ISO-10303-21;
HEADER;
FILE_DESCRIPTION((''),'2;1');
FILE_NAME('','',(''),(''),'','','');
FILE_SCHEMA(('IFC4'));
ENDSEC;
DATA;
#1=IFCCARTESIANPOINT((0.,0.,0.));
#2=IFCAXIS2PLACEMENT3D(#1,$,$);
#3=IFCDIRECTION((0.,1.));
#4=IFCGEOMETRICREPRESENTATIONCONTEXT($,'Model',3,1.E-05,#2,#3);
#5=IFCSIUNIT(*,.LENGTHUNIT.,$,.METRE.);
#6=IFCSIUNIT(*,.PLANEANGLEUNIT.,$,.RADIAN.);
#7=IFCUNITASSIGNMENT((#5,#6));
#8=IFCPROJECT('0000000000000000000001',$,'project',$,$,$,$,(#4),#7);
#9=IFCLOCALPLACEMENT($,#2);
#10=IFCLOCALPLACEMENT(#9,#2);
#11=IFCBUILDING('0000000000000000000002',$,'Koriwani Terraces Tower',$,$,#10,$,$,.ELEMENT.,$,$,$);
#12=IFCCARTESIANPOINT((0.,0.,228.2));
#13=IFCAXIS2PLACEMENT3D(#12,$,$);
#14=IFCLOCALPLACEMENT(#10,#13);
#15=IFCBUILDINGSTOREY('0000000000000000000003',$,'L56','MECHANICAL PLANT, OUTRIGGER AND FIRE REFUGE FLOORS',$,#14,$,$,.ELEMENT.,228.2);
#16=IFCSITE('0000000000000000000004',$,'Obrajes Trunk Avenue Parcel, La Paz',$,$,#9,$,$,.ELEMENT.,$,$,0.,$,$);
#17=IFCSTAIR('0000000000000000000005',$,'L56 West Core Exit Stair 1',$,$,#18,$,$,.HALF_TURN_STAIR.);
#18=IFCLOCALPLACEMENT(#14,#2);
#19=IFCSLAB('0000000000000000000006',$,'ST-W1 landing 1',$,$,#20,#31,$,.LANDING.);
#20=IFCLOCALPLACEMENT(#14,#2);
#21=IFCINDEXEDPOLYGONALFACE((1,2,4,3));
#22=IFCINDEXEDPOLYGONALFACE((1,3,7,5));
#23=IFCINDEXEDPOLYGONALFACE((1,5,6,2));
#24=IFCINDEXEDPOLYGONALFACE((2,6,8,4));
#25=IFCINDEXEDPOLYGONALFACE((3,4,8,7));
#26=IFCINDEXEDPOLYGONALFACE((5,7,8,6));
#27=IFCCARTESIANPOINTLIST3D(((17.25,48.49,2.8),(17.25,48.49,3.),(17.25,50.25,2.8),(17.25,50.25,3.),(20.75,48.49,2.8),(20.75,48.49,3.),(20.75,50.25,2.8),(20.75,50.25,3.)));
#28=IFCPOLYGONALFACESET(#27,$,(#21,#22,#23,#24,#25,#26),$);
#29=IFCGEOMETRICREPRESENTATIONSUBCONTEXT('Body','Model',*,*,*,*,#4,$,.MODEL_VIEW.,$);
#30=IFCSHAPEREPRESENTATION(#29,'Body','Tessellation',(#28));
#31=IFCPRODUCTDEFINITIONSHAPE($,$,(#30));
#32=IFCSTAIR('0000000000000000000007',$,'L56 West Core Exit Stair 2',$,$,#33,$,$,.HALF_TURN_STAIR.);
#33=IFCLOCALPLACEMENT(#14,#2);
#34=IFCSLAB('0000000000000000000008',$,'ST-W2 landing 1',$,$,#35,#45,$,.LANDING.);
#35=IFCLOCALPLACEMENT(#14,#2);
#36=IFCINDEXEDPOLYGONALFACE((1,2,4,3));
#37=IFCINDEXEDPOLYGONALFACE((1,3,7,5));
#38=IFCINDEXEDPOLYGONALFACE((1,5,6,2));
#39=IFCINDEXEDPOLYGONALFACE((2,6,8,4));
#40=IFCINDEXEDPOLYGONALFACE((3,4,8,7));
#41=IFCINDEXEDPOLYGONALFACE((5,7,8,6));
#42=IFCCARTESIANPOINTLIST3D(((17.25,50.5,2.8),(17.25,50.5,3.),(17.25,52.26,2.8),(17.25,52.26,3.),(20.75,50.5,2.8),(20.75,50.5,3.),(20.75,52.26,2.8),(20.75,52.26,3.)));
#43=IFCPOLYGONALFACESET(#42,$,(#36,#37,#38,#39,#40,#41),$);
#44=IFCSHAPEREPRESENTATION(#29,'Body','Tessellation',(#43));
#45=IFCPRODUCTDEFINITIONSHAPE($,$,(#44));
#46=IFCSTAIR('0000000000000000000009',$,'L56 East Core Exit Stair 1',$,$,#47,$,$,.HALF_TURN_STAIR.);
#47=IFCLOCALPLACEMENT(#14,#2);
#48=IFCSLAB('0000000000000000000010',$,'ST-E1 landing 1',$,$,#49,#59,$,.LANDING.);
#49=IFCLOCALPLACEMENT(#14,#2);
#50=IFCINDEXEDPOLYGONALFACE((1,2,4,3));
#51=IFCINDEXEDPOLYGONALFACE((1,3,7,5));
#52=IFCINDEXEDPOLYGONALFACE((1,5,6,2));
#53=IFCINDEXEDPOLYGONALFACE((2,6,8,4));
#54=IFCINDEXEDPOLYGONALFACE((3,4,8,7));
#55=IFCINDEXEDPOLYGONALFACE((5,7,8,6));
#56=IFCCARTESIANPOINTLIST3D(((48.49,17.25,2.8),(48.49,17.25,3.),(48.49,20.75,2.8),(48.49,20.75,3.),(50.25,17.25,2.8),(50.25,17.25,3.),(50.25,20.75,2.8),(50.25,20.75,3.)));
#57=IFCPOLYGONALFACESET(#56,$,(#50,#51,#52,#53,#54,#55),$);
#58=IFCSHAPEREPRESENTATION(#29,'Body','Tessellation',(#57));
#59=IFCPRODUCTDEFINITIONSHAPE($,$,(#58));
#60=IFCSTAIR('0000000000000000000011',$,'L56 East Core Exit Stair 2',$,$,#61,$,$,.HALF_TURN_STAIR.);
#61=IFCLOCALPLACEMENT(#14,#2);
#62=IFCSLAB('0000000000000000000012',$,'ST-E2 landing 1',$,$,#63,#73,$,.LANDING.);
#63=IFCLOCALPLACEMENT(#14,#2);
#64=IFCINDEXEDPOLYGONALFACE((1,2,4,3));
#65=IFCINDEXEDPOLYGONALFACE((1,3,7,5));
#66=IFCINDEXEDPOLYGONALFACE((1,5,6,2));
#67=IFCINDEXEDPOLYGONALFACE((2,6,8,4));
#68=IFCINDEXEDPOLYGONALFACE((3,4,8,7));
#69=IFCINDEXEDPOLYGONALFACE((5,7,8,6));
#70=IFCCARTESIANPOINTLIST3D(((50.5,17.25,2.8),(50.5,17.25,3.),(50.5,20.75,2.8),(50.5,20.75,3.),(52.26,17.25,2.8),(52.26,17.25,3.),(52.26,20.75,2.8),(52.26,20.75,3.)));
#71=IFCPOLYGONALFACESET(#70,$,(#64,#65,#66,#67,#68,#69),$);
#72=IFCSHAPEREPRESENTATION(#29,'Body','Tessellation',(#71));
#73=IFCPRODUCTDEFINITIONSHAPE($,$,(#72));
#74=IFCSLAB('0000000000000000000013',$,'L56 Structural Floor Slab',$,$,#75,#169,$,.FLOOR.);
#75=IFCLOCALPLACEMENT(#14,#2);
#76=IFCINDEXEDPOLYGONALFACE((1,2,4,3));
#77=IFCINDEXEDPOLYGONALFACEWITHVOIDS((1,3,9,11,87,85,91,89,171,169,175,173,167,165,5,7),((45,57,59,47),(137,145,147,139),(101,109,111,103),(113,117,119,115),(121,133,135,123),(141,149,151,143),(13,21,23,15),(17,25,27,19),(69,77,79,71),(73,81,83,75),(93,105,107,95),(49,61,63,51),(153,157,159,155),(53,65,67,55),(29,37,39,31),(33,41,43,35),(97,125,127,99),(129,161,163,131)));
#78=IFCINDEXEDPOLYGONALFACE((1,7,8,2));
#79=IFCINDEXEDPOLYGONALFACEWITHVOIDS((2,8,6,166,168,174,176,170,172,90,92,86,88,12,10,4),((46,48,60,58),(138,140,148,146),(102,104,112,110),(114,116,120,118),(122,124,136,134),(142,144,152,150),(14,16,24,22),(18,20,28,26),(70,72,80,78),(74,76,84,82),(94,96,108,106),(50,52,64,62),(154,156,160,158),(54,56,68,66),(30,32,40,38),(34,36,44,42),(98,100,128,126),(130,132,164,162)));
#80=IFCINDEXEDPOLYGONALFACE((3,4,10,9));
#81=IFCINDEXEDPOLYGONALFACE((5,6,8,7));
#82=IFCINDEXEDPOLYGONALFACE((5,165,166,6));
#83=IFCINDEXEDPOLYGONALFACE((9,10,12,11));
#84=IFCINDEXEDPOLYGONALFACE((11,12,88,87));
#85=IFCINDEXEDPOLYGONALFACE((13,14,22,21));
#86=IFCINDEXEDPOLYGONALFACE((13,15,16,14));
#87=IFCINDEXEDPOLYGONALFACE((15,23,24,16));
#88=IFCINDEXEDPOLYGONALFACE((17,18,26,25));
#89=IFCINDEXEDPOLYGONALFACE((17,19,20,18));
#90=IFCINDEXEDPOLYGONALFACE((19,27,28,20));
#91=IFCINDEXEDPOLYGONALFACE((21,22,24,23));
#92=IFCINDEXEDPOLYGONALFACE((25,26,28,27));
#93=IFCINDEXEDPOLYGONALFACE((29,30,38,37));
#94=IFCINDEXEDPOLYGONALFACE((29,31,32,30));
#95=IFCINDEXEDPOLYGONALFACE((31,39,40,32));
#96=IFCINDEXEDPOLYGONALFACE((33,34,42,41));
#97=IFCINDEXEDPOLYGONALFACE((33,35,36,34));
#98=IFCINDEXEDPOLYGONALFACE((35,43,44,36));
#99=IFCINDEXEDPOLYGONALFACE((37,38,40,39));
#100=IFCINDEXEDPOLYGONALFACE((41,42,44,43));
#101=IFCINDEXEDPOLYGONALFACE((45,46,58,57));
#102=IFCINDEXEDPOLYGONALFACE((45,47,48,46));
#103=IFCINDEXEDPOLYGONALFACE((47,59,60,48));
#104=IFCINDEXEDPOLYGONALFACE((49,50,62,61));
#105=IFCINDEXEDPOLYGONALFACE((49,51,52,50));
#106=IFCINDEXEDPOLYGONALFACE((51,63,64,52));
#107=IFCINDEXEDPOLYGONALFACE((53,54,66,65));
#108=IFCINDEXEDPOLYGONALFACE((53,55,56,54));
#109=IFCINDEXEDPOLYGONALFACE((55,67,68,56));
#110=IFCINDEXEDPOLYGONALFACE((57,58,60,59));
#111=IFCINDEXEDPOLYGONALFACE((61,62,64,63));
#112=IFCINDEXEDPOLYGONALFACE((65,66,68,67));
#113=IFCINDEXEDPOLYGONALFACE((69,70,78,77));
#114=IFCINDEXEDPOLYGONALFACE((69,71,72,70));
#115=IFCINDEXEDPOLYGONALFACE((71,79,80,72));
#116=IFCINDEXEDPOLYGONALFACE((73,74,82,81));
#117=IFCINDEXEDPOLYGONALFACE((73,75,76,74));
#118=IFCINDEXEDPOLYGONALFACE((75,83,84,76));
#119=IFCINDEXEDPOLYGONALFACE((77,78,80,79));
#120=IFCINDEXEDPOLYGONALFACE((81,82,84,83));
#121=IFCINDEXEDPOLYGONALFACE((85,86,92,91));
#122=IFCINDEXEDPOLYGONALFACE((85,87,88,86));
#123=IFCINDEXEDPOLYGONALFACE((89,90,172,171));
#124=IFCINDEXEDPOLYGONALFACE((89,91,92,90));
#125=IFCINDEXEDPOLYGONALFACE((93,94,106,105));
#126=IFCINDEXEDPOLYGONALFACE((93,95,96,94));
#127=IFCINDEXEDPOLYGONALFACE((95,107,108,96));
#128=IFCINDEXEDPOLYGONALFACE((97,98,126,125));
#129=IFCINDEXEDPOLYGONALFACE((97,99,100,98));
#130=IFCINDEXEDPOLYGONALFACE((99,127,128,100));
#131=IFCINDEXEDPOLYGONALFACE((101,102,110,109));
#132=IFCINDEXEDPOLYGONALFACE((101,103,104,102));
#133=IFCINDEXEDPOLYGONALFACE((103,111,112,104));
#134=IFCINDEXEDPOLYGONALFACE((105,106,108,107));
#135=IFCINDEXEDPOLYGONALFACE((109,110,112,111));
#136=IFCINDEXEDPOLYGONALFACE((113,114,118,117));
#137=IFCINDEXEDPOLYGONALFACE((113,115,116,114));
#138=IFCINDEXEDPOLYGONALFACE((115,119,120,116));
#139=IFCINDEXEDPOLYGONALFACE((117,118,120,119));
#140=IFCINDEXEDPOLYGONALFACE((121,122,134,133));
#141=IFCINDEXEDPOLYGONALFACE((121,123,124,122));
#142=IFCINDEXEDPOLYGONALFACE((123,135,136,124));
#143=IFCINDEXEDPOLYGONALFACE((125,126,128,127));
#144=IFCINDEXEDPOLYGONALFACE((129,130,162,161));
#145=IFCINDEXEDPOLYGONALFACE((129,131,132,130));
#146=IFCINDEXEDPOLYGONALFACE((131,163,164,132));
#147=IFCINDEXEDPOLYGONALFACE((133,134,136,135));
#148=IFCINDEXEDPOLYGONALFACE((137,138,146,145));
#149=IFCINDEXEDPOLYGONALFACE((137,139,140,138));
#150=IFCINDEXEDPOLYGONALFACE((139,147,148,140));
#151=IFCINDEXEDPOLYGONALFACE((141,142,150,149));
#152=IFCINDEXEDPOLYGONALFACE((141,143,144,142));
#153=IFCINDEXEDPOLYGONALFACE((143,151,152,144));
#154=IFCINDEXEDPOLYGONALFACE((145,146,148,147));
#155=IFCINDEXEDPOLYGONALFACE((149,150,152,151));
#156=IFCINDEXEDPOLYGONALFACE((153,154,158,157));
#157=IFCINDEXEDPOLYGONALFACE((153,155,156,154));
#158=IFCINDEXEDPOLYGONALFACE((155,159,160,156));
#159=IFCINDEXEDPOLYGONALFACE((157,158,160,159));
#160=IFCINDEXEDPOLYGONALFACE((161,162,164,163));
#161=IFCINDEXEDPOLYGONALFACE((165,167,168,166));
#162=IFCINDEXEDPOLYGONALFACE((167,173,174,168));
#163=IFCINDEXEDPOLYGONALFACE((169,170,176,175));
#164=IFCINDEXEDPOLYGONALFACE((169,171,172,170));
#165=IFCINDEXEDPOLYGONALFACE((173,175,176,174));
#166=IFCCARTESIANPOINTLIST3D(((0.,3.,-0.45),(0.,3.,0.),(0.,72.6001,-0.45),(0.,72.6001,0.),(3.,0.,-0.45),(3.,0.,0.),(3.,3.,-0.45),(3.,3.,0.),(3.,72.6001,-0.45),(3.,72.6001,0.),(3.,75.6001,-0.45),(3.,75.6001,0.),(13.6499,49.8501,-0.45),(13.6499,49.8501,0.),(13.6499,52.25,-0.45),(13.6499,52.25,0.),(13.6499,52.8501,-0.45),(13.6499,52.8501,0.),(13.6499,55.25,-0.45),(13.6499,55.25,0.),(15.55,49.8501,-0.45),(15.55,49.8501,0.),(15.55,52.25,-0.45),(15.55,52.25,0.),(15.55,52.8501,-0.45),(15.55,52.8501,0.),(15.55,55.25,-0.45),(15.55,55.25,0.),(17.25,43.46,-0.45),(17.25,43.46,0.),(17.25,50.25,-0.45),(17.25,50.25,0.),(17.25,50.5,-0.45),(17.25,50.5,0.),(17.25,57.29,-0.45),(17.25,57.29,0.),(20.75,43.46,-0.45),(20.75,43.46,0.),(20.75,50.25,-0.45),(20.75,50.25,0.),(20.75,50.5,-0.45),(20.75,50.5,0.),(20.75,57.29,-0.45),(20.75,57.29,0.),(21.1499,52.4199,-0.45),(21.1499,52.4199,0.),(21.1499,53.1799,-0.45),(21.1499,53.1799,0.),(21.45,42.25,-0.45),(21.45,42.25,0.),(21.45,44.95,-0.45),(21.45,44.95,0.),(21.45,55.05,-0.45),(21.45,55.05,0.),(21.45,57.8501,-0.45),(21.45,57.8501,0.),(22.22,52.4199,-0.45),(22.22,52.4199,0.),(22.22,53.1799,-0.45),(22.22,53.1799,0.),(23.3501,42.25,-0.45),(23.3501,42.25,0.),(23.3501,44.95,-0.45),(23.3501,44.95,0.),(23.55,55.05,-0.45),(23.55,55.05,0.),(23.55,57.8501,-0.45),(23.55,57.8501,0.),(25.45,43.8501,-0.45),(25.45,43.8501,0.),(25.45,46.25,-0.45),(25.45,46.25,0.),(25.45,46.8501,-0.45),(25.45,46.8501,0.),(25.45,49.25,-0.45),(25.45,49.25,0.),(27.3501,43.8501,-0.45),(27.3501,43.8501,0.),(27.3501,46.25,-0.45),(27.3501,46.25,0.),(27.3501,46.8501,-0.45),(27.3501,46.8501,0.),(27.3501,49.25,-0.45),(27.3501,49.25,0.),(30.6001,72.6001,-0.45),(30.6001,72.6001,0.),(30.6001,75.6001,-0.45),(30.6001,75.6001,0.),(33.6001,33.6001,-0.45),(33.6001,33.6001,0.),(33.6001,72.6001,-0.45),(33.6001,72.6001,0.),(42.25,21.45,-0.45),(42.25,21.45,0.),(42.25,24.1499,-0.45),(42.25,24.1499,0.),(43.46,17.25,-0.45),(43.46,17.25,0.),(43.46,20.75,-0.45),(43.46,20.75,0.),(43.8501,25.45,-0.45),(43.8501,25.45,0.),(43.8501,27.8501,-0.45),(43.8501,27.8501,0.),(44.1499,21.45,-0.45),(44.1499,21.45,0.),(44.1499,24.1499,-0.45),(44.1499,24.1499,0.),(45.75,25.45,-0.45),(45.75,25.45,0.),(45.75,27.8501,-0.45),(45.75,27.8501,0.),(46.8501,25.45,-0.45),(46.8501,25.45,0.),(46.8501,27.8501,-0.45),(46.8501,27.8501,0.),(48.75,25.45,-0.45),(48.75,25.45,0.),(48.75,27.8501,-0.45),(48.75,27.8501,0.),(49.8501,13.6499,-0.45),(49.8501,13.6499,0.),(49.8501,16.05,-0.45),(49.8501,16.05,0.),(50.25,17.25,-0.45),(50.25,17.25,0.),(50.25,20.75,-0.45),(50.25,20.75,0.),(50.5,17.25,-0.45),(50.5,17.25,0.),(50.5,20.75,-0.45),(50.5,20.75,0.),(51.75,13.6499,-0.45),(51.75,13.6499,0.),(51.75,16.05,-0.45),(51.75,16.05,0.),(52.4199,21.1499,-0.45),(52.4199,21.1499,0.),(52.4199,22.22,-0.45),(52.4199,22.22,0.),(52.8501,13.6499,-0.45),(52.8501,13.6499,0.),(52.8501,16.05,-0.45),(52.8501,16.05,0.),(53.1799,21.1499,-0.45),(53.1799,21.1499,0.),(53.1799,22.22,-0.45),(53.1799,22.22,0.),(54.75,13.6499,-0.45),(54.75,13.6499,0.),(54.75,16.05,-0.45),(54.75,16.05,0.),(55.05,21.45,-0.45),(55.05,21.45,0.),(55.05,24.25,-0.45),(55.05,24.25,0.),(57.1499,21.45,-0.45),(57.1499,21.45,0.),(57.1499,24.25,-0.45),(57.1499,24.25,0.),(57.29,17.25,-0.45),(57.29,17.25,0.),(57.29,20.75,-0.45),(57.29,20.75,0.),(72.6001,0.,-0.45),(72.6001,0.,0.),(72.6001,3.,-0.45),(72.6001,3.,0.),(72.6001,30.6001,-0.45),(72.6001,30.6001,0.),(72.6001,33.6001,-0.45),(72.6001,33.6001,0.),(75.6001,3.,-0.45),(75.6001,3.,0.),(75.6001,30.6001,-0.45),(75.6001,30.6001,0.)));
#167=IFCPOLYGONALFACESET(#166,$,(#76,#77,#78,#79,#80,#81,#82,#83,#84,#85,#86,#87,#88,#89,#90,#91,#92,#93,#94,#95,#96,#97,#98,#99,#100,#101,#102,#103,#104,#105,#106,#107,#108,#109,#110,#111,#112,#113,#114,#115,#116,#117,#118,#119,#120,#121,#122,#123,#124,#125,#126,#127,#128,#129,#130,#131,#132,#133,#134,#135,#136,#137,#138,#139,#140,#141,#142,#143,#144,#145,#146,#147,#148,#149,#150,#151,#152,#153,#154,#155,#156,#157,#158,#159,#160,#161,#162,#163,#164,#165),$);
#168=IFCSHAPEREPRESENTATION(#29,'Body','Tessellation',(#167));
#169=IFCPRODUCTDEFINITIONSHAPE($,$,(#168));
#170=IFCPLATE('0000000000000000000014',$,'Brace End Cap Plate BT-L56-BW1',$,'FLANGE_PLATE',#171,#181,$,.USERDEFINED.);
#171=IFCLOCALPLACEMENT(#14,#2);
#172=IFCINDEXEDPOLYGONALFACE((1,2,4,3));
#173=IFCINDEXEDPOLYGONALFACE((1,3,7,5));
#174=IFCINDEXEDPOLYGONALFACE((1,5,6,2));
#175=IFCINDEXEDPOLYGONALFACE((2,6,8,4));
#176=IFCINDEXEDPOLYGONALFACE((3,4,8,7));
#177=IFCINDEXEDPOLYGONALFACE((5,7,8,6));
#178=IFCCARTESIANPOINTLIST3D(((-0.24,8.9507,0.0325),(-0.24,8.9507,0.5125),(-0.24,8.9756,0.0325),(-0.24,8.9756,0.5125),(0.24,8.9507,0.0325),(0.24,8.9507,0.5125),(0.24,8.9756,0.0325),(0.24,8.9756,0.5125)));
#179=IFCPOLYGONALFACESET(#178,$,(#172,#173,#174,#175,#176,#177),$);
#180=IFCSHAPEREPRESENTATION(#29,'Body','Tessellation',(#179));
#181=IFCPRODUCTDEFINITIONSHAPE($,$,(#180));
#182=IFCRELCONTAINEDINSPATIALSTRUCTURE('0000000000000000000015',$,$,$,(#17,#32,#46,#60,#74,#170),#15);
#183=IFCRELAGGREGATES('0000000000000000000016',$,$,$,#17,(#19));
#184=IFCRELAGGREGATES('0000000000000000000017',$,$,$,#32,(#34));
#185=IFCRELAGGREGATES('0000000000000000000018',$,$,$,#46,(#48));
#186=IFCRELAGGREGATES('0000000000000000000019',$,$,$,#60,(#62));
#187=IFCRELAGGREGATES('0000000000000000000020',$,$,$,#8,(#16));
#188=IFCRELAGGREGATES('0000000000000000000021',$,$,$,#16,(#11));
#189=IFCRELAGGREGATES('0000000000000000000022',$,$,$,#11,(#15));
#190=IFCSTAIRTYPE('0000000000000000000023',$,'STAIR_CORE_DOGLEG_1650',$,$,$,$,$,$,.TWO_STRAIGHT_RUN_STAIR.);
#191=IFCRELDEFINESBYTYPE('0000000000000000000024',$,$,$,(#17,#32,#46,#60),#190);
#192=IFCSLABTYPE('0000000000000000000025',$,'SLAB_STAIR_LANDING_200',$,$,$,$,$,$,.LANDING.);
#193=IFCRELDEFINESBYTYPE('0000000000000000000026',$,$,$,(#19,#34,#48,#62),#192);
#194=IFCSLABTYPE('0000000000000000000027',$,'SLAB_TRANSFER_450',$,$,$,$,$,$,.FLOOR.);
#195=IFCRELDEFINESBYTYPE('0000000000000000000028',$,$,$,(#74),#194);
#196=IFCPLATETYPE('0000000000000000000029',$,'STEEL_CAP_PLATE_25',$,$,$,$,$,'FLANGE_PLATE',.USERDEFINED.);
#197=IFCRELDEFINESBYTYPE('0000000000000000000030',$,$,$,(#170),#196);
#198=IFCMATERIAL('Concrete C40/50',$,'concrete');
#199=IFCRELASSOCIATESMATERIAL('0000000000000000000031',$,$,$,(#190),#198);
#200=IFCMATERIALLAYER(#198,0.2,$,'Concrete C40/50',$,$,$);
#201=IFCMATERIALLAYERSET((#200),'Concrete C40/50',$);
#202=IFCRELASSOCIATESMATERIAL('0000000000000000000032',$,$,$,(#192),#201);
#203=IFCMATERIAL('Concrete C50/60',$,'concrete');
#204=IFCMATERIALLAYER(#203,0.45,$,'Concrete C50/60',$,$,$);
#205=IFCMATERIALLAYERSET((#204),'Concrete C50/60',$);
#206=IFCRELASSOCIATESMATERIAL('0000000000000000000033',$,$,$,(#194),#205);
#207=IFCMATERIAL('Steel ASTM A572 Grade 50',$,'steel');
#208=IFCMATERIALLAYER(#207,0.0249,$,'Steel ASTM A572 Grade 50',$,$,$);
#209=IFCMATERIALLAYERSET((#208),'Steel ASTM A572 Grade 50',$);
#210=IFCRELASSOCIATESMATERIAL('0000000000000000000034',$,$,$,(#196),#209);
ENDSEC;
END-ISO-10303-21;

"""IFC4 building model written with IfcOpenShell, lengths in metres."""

from ifc_helpers import new_model, si_unit, direction, frame, origin, origin_2d, place, context, subcontext, project, spatial, polyline, rectangle, outline, extrude, material, layer, layer_set, type_object, element, aggregate, save


model = new_model("IFC4")

# Units and contexts
model_context = context("Model", 3, precision=1e-05, world=origin(), true_north=direction((0.0, 1.0)))
body_context = subcontext(model_context, "Body", "Model", "MODEL_VIEW")
ifc_project = project(units=[si_unit("LENGTHUNIT", "METRE"), si_unit("PLANEANGLEUNIT", "RADIAN")], contexts=[model_context])

# Site, building, storey
site_placement = place(None, origin())
site = spatial("IfcSite", under=ifc_project, at=site_placement, Name="Obrajes Trunk Avenue Parcel, La Paz", CompositionType="ELEMENT", RefElevation=0.0)
building_placement = place(site_placement, origin())
building = spatial("IfcBuilding", under=site, at=building_placement, Name="Koriwani Terraces Tower", CompositionType="ELEMENT")
storey_placement = place(building_placement, frame((0.0, 0.0, 228.2)))
storey = spatial("IfcBuildingStorey", under=building, at=storey_placement, Name="L56", Description="MECHANICAL PLANT, OUTRIGGER AND FIRE REFUGE FLOORS", CompositionType="ELEMENT", Elevation=228.2)

# Shared definitions
ifc_material_1 = material(Name="Concrete C50/60", Category="concrete")

# Shared definitions
ifc_material_2 = material(Name="Steel ASTM A572 Grade 50", Category="steel")

# Stairs, slabs
ifc_material_3 = material(Name="Concrete C40/50", Category="concrete")
stair_type = type_object("IfcStairType", Name="STAIR_CORE_DOGLEG_1650", PredefinedType="TWO_STRAIGHT_RUN_STAIR", material=ifc_material_3)
stair_1_placement = place(storey_placement, origin())
stair_1 = element("IfcStair", 1, at=stair_1_placement, inside=storey, type_object=stair_type, Name="L56 West Core Exit Stair 1", PredefinedType="HALF_TURN_STAIR")
ifc_layer_1 = layer(ifc_material_3, 0.2, Name="Concrete C40/50")
ifc_layer_set_1 = layer_set([ifc_layer_1], Name="Concrete C40/50")
slab_type_1 = type_object("IfcSlabType", Name="SLAB_STAIR_LANDING_200", PredefinedType="LANDING", material=ifc_layer_set_1)
slab_1_placement = place(storey_placement, frame((0.0, 0.0, 2.8)))
slab_1 = element("IfcSlab", 2, at=slab_1_placement, type_object=slab_type_1, Name="ST-W1 landing 1", PredefinedType="LANDING", context=body_context, shape_type="SweptSolid", body=[
    extrude(outline(polyline([(20.75, 48.49), (20.75, 50.25), (17.25, 50.25), (17.25, 48.49), (20.75, 48.49)])), origin(), (0.0, 0.0, 1.0), 0.2),
])
aggregate(stair_1, [slab_1])
stair_2_placement = place(storey_placement, origin())
stair_2 = element("IfcStair", 3, at=stair_2_placement, inside=storey, type_object=stair_type, Name="L56 West Core Exit Stair 2", PredefinedType="HALF_TURN_STAIR")
slab_2_placement = place(storey_placement, frame((0.0, 0.0, 2.8)))
slab_2 = element("IfcSlab", 4, at=slab_2_placement, type_object=slab_type_1, Name="ST-W2 landing 1", PredefinedType="LANDING", context=body_context, shape_type="SweptSolid", body=[
    extrude(outline(polyline([(17.25, 52.26), (17.25, 50.5), (20.75, 50.5), (20.75, 52.26), (17.25, 52.26)])), origin(), (0.0, 0.0, 1.0), 0.2),
])
aggregate(stair_2, [slab_2])
stair_3_placement = place(storey_placement, origin())
stair_3 = element("IfcStair", 5, at=stair_3_placement, inside=storey, type_object=stair_type, Name="L56 East Core Exit Stair 1", PredefinedType="HALF_TURN_STAIR")
slab_3_placement = place(storey_placement, frame((0.0, 0.0, 2.8)))
slab_3 = element("IfcSlab", 6, at=slab_3_placement, type_object=slab_type_1, Name="ST-E1 landing 1", PredefinedType="LANDING", context=body_context, shape_type="SweptSolid", body=[
    extrude(outline(polyline([(48.49, 17.25), (50.25, 17.25), (50.25, 20.75), (48.49, 20.75), (48.49, 17.25)])), origin(), (0.0, 0.0, 1.0), 0.2),
])
aggregate(stair_3, [slab_3])
stair_4_placement = place(storey_placement, origin())
stair_4 = element("IfcStair", 7, at=stair_4_placement, inside=storey, type_object=stair_type, Name="L56 East Core Exit Stair 2", PredefinedType="HALF_TURN_STAIR")
slab_4_placement = place(storey_placement, frame((0.0, 0.0, 2.8)))
slab_4 = element("IfcSlab", 8, at=slab_4_placement, type_object=slab_type_1, Name="ST-E2 landing 1", PredefinedType="LANDING", context=body_context, shape_type="SweptSolid", body=[
    extrude(outline(polyline([(52.26, 20.75), (50.5, 20.75), (50.5, 17.25), (52.26, 17.25), (52.26, 20.75)])), origin(), (0.0, 0.0, 1.0), 0.2),
])
aggregate(stair_4, [slab_4])

# Slab
ifc_layer_2 = layer(ifc_material_1, 0.45, Name="Concrete C50/60")
ifc_layer_set_2 = layer_set([ifc_layer_2], Name="Concrete C50/60")
slab_type_2 = type_object("IfcSlabType", Name="SLAB_TRANSFER_450", PredefinedType="FLOOR", material=ifc_layer_set_2)
slab_5_placement = place(storey_placement, frame((0.0, 0.0, -0.45)))
element("IfcSlab", 9, at=slab_5_placement, inside=storey, type_object=slab_type_2, Name="L56 Structural Floor Slab", PredefinedType="FLOOR", context=body_context, shape_type="SweptSolid", body=[
    extrude(outline(polyline([(3.0, 0.0), (72.6001, 0.0), (72.6001, 3.0), (75.6001, 3.0), (75.6001, 30.6001), (72.6001, 30.6001), (72.6001, 33.6001), (33.6001, 33.6001), (33.6001, 72.6001), (30.6001, 72.6001), (30.6001, 75.6001), (3.0, 75.6001), (3.0, 72.6001), (0.0, 72.6001), (0.0, 3.0), (3.0, 3.0), (3.0, 0.0)]), holes=[polyline([(17.25, 43.46), (20.75, 43.46), (20.75, 50.25), (17.25, 50.25), (17.25, 43.46)]), polyline([(17.25, 50.5), (20.75, 50.5), (20.75, 57.29), (17.25, 57.29), (17.25, 50.5)]), polyline([(43.46, 17.25), (50.25, 17.25), (50.25, 20.75), (43.46, 20.75), (43.46, 17.25)]), polyline([(50.5, 17.25), (57.29, 17.25), (57.29, 20.75), (50.5, 20.75), (50.5, 17.25)]), polyline([(13.6499, 49.8501), (15.55, 49.8501), (15.55, 52.25), (13.6499, 52.25), (13.6499, 49.8501)]), polyline([(13.6499, 52.8501), (15.55, 52.8501), (15.55, 55.25), (13.6499, 55.25), (13.6499, 52.8501)]), polyline([(49.8501, 13.6499), (51.75, 13.6499), (51.75, 16.05), (49.8501, 16.05), (49.8501, 13.6499)]), polyline([(52.8501, 13.6499), (54.75, 13.6499), (54.75, 16.05), (52.8501, 16.05), (52.8501, 13.6499)]), polyline([(25.45, 43.8501), (27.3501, 43.8501), (27.3501, 46.25), (25.45, 46.25), (25.45, 43.8501)]), polyline([(25.45, 46.8501), (27.3501, 46.8501), (27.3501, 49.25), (25.45, 49.25), (25.45, 46.8501)]), polyline([(43.8501, 25.45), (45.75, 25.45), (45.75, 27.8501), (43.8501, 27.8501), (43.8501, 25.45)]), polyline([(46.8501, 25.45), (48.75, 25.45), (48.75, 27.8501), (46.8501, 27.8501), (46.8501, 25.45)]), polyline([(21.45, 55.05), (23.55, 55.05), (23.55, 57.8501), (21.45, 57.8501), (21.45, 55.05)]), polyline([(55.05, 21.45), (57.1499, 21.45), (57.1499, 24.25), (55.05, 24.25), (55.05, 21.45)]), polyline([(21.45, 42.25), (23.3501, 42.25), (23.3501, 44.95), (21.45, 44.95), (21.45, 42.25)]), polyline([(42.25, 21.45), (44.1499, 21.45), (44.1499, 24.1499), (42.25, 24.1499), (42.25, 21.45)]), polyline([(21.1499, 52.4199), (22.22, 52.4199), (22.22, 53.1799), (21.1499, 53.1799), (21.1499, 52.4199)]), polyline([(52.4199, 21.1499), (53.1799, 21.1499), (53.1799, 22.22), (52.4199, 22.22), (52.4199, 21.1499)])]), origin(), (0.0, 0.0, 1.0), 0.45),
])

# Plate
ifc_layer_3 = layer(ifc_material_2, 0.0249, Name="Steel ASTM A572 Grade 50")
ifc_layer_set_3 = layer_set([ifc_layer_3], Name="Steel ASTM A572 Grade 50")
plate_type_1 = type_object("IfcPlateType", Name="STEEL_CAP_PLATE_25", ElementType="FLANGE_PLATE", PredefinedType="USERDEFINED", material=ifc_layer_set_3)
for number, where, z_axis, x_axis, name in (
    (10, (0.0, 8.9631, 0.0325), (0.0, 0.0, 1.0), (0.0, 1.0, 0.0), "Brace End Cap Plate BT-L56-BW1"),
):
    element("IfcPlate", number, at=place(storey_placement, frame(where, z_axis=z_axis, x_axis=x_axis)), inside=storey, type_object=plate_type_1, Name=name, ObjectType="FLANGE_PLATE", PredefinedType="USERDEFINED", context=body_context, shape_type="SweptSolid", body=[
        extrude(rectangle(XDim=0.0249, YDim=0.48, at=origin_2d()), origin(), (0.0, 0.0, 1.0), 0.48),
    ])

save(model, "model.ifc")
